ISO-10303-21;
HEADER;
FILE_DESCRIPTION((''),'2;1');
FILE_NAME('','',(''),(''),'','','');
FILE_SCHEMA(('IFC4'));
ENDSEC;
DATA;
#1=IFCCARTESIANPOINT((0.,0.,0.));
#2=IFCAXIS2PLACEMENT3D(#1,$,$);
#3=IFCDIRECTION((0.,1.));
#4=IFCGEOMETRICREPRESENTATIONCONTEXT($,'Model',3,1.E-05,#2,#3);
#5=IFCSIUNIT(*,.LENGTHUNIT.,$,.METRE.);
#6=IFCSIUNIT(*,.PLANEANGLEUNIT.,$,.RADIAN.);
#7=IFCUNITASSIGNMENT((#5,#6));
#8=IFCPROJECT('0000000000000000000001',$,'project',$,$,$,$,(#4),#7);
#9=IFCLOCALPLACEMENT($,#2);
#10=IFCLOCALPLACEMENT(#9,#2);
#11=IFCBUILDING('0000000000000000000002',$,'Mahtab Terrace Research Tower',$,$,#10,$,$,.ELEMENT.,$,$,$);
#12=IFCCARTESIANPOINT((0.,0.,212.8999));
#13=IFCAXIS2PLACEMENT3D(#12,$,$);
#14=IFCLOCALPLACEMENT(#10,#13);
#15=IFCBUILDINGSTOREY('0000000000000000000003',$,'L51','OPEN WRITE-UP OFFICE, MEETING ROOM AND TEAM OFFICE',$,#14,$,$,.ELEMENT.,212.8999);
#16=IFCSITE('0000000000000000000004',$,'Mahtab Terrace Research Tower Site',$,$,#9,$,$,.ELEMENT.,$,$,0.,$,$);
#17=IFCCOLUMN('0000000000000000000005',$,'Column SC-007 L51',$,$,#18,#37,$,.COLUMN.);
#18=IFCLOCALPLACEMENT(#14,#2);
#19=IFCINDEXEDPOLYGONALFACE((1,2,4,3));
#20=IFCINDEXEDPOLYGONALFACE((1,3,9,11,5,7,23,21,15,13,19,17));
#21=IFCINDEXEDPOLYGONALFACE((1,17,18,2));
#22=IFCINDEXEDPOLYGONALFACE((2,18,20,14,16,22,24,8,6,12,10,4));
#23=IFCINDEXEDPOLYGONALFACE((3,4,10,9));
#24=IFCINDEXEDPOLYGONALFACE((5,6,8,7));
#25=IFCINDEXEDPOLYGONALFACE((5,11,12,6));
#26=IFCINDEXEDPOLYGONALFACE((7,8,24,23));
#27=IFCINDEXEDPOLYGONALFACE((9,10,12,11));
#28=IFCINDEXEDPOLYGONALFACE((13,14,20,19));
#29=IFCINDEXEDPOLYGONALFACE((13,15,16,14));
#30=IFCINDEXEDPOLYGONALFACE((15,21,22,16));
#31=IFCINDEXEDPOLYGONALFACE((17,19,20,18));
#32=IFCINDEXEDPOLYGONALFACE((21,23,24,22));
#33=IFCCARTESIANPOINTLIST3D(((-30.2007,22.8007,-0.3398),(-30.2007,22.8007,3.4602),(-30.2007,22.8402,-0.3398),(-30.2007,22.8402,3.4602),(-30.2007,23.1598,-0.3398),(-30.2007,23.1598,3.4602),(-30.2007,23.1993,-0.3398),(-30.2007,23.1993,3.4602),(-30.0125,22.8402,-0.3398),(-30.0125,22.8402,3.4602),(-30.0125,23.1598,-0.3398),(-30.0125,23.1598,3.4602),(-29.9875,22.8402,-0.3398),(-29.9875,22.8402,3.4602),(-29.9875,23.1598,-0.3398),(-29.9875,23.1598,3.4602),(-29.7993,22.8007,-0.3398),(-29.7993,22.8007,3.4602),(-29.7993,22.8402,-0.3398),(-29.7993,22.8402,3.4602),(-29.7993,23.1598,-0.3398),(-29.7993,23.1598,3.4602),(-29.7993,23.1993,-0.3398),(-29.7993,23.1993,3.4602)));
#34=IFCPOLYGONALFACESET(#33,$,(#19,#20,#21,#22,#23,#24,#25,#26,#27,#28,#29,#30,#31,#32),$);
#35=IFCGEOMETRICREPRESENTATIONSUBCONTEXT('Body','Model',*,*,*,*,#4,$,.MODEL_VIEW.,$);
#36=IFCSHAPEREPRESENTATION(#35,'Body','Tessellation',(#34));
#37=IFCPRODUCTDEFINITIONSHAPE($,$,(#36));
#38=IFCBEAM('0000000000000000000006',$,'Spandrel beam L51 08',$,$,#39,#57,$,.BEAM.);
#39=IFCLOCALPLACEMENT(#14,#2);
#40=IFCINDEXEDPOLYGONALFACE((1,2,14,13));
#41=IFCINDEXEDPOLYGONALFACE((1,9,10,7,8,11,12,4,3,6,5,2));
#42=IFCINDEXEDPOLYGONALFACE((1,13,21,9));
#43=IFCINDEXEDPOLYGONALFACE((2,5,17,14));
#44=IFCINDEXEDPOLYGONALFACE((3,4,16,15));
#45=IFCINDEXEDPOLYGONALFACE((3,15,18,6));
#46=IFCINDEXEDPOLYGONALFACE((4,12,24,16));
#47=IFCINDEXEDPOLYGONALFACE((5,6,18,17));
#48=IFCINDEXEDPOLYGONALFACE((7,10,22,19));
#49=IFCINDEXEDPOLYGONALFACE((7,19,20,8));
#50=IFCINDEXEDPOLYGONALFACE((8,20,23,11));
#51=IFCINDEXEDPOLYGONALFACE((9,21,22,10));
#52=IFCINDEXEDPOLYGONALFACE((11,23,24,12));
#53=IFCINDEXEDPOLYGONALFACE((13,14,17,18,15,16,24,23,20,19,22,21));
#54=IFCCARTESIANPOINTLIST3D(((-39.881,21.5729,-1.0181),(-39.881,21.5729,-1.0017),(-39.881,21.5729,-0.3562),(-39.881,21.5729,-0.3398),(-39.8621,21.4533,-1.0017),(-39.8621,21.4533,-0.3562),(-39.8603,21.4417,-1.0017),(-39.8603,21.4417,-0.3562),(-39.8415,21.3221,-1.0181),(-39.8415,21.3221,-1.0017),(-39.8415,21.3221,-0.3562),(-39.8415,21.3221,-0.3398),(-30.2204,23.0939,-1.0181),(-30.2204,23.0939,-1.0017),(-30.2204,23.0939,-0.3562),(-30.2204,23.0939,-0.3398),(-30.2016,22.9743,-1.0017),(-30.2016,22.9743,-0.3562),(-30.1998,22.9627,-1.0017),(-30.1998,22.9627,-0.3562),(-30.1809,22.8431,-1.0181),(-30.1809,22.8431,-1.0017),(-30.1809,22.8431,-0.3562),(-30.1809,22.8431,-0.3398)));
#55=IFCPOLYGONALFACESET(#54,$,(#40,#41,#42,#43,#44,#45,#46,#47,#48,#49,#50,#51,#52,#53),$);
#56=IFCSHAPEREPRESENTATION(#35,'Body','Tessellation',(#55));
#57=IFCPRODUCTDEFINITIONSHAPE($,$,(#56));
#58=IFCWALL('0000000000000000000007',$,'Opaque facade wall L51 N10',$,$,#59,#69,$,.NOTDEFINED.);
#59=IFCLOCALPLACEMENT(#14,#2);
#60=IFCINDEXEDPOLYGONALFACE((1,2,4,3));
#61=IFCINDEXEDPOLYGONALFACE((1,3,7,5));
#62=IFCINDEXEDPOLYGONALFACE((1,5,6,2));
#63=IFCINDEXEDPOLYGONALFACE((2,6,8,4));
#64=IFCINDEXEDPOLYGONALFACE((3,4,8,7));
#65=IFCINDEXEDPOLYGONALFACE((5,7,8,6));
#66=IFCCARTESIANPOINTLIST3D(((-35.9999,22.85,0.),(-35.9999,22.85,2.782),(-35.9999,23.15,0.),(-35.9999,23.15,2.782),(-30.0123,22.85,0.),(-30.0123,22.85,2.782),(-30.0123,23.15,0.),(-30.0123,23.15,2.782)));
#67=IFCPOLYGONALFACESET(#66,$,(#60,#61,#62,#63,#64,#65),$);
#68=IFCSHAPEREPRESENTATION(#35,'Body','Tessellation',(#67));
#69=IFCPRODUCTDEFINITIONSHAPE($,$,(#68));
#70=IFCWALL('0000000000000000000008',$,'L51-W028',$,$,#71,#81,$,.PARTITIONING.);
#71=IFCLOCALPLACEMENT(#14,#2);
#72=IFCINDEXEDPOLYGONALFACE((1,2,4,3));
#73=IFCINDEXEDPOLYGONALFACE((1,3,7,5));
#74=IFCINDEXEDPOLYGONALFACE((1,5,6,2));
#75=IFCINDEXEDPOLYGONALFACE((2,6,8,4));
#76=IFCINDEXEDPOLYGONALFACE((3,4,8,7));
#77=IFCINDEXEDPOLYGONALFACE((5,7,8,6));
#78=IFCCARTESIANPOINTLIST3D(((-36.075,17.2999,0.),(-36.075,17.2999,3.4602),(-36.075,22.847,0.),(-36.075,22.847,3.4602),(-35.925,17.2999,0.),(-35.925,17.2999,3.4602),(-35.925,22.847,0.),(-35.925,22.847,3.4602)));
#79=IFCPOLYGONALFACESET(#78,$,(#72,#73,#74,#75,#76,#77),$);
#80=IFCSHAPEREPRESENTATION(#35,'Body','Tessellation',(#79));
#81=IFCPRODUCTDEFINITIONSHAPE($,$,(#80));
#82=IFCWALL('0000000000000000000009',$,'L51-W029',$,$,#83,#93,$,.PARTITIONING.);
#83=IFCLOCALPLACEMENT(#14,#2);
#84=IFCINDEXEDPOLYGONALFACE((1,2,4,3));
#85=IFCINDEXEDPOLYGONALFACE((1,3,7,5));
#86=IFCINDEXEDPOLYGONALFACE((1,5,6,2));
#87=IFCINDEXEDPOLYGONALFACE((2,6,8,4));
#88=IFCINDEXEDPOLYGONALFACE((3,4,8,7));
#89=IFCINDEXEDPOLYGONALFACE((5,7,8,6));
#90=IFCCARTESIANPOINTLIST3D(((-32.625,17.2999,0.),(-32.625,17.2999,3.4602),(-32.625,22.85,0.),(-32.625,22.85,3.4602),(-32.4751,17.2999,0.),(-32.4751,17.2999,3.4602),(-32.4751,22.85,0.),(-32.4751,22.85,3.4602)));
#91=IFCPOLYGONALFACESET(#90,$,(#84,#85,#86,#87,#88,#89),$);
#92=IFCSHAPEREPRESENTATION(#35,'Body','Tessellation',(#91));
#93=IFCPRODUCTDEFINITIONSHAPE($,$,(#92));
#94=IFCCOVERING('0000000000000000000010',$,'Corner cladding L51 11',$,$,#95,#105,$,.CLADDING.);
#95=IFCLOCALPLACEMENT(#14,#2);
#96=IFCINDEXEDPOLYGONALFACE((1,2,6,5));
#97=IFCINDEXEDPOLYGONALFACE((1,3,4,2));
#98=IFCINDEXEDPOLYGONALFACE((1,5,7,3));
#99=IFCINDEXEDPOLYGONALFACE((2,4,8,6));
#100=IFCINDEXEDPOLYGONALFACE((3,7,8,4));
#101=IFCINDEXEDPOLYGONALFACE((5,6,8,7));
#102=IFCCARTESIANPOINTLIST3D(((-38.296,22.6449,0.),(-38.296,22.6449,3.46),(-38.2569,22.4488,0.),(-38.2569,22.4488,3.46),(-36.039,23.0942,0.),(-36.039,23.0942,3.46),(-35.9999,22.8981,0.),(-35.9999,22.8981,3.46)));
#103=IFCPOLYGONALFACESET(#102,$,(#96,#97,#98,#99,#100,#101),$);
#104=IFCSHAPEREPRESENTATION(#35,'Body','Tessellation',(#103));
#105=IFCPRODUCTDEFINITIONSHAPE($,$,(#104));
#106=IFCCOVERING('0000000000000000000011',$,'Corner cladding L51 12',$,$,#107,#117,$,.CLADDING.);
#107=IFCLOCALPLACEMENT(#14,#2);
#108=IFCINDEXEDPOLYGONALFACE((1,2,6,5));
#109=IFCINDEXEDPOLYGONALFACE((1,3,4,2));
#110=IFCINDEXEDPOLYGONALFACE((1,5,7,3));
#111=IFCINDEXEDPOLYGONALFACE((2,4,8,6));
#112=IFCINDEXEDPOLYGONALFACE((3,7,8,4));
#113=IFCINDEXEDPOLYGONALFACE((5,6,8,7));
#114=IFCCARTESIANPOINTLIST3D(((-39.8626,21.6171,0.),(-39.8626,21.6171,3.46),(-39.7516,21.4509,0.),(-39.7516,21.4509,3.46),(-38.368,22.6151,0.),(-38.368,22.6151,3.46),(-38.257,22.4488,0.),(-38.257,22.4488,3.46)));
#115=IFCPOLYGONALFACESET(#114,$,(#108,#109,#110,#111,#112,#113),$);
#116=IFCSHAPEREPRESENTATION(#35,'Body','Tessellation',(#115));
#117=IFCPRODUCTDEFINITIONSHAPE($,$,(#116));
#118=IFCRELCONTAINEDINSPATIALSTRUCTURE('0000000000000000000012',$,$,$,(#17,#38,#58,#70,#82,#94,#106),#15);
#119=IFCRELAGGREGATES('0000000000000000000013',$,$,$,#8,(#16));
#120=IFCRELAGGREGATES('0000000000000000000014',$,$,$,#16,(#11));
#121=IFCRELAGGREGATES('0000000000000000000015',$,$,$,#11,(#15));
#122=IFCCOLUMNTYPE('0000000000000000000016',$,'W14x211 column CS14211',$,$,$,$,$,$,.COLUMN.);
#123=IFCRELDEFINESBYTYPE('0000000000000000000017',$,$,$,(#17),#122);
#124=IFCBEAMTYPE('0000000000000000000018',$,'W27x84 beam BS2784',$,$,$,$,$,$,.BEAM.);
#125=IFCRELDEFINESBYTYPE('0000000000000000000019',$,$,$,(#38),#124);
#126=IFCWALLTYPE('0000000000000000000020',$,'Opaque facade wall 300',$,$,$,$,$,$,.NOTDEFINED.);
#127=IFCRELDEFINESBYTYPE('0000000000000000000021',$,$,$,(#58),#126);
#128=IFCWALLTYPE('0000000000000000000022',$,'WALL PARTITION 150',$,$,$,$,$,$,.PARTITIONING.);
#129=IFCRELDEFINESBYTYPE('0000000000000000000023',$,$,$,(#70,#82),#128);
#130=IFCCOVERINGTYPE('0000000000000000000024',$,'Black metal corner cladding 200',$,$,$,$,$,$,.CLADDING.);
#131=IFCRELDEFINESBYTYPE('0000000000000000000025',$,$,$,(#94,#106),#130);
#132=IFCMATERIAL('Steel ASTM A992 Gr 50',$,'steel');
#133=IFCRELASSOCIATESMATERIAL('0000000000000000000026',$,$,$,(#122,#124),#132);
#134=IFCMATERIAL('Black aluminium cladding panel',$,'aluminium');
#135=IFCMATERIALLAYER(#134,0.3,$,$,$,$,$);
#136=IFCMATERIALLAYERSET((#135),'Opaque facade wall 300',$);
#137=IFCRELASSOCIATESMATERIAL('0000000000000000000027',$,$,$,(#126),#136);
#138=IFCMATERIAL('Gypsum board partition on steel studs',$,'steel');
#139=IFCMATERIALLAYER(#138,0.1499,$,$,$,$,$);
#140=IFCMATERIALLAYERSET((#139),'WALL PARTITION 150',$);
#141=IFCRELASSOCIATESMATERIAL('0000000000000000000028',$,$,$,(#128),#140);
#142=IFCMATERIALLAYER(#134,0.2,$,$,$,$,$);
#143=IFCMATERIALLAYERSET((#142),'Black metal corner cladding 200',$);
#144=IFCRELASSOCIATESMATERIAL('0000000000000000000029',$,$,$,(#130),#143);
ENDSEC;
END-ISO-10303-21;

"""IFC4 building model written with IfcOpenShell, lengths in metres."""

from ifc_helpers import new_model, si_unit, direction, frame, frame_2d, origin, origin_2d, place, context, subcontext, project, spatial, rectangle, i_section, extrude, material, layer, layer_set, material_profile, profile_set, type_object, element, save


model = new_model("IFC4")

# Units and contexts
model_context = context("Model", 3, precision=1e-05, world=origin(), true_north=direction((0.0, 1.0)))
body_context = subcontext(model_context, "Body", "Model", "MODEL_VIEW")
ifc_project = project(units=[si_unit("LENGTHUNIT", "METRE"), si_unit("PLANEANGLEUNIT", "RADIAN")], contexts=[model_context])

# Site, building, storey
site_placement = place(None, origin())
site = spatial("IfcSite", under=ifc_project, at=site_placement, Name="Mahtab Terrace Research Tower Site", CompositionType="ELEMENT", RefElevation=0.0)
building_placement = place(site_placement, origin())
building = spatial("IfcBuilding", under=site, at=building_placement, Name="Mahtab Terrace Research Tower", CompositionType="ELEMENT")
storey_placement = place(building_placement, frame((0.0, 0.0, 212.8999)))
storey = spatial("IfcBuildingStorey", under=building, at=storey_placement, Name="L51", Description="OPEN WRITE-UP OFFICE, MEETING ROOM AND TEAM OFFICE", CompositionType="ELEMENT", Elevation=212.8999)

# Column
ifc_material_1 = material(Name="Steel ASTM A992 Gr 50", Category="steel")
ifc_material_profile_1 = material_profile(ifc_material_1, i_section(OverallWidth=0.4014, OverallDepth=0.3987, WebThickness=0.0249, FlangeThickness=0.0396, at=origin_2d()), Name="W14X211")
ifc_profile_set_1 = profile_set([ifc_material_profile_1], Name="Steel ASTM A992 Gr 50")
column_type = type_object("IfcColumnType", Name="W14x211 column CS14211", PredefinedType="COLUMN", material=ifc_profile_set_1)
column_placement = place(storey_placement, frame((-30.0, 23.0, -0.3398), z_axis=(0.0, 0.0, 1.0), x_axis=(1.0, 0.0, 0.0)))
element("IfcColumn", 1, at=column_placement, inside=storey, type_object=column_type, Name="Column SC-007 L51", PredefinedType="COLUMN", context=body_context, shape_type="SweptSolid", body=[
    extrude(i_section(OverallWidth=0.4014, OverallDepth=0.3987, WebThickness=0.0249, FlangeThickness=0.0396, at=origin_2d()), origin(), (0.0, 0.0, 1.0), 3.8),
])

# Beam
ifc_material_profile_2 = material_profile(ifc_material_1, i_section(OverallWidth=0.2539, OverallDepth=0.6782, WebThickness=0.0117, FlangeThickness=0.0164, at=origin_2d()), Name="W27X84")
ifc_profile_set_2 = profile_set([ifc_material_profile_2], Name="Steel ASTM A992 Gr 50")
beam_type = type_object("IfcBeamType", Name="W27x84 beam BS2784", PredefinedType="BEAM", material=ifc_profile_set_2)
beam_placement = place(storey_placement, frame((-30.2007, 22.9685, -0.679), z_axis=(-0.987832, -0.155527, 0.0), x_axis=(0.155527, -0.987832, 0.0)))
element("IfcBeam", 2, at=beam_placement, inside=storey, type_object=beam_type, Name="Spandrel beam L51 08", PredefinedType="BEAM", context=body_context, shape_type="SweptSolid", body=[
    extrude(i_section(OverallWidth=0.2539, OverallDepth=0.6782, WebThickness=0.0117, FlangeThickness=0.0164, at=origin_2d()), origin(), (0.0, 0.0, 1.0), 9.7795),
])

# Walls
ifc_material_2 = material(Name="Black aluminium cladding panel", Category="aluminium")
ifc_layer_1 = layer(ifc_material_2, 0.3)
ifc_layer_set_1 = layer_set([ifc_layer_1], Name="Opaque facade wall 300")
wall_type_1 = type_object("IfcWallType", Name="Opaque facade wall 300", PredefinedType="NOTDEFINED", material=ifc_layer_set_1)
wall_1_placement = place(storey_placement, frame((-30.0125, 23.0, 0.0), z_axis=(0.0, 0.0, 1.0), x_axis=(-1.0, 0.0, 0.0)))
element("IfcWall", 3, at=wall_1_placement, inside=storey, type_object=wall_type_1, Name="Opaque facade wall L51 N10", PredefinedType="NOTDEFINED", context=body_context, shape_type="SweptSolid", body=[
    extrude(rectangle(XDim=5.9875, YDim=0.3, at=frame_2d((2.9937, 0.0))), origin(), (0.0, 0.0, 1.0), 2.782),
])
ifc_material_3 = material(Name="Gypsum board partition on steel studs", Category="steel")
ifc_layer_2 = layer(ifc_material_3, 0.1499)
ifc_layer_set_2 = layer_set([ifc_layer_2], Name="WALL PARTITION 150")
wall_type_2 = type_object("IfcWallType", Name="WALL PARTITION 150", PredefinedType="PARTITIONING", material=ifc_layer_set_2)
wall_2_placement = place(storey_placement, frame((-36.0, 17.3, 0.0), z_axis=(0.0, 0.0, 1.0), x_axis=(0.0, 1.0, 0.0)))
element("IfcWall", 4, at=wall_2_placement, inside=storey, type_object=wall_type_2, Name="L51-W028", PredefinedType="PARTITIONING", context=body_context, shape_type="SweptSolid", body=[
    extrude(rectangle(XDim=5.5471, YDim=0.1499, at=frame_2d((2.7734, 0.0))), origin(), (0.0, 0.0, 1.0), 3.4602),
])
wall_3_placement = place(storey_placement, frame((-32.55, 17.3, 0.0), z_axis=(0.0, 0.0, 1.0), x_axis=(0.0, 1.0, 0.0)))
element("IfcWall", 5, at=wall_3_placement, inside=storey, type_object=wall_type_2, Name="L51-W029", PredefinedType="PARTITIONING", context=body_context, shape_type="SweptSolid", body=[
    extrude(rectangle(XDim=5.55, YDim=0.1499, at=frame_2d((2.7749, 0.0))), origin(), (0.0, 0.0, 1.0), 3.4602),
])

# Coverings
ifc_layer_3 = layer(ifc_material_2, 0.2)
ifc_layer_set_3 = layer_set([ifc_layer_3], Name="Black metal corner cladding 200")
covering_type = type_object("IfcCoveringType", Name="Black metal corner cladding 200", PredefinedType="CLADDING", material=ifc_layer_set_3)
covering_1_placement = place(storey_placement, frame((-37.1479, 22.7715, 0.0), z_axis=(0.0, 0.0, 1.0), x_axis=(-0.980761, -0.195212, 0.0)))
element("IfcCovering", 6, at=covering_1_placement, inside=storey, type_object=covering_type, Name="Corner cladding L51 11", PredefinedType="CLADDING", context=body_context, shape_type="SweptSolid", body=[
    extrude(rectangle(XDim=2.3013, YDim=0.2, at=origin_2d()), origin(), (0.0, 0.0, 1.0), 3.46),
])
covering_2_placement = place(storey_placement, frame((-39.0598, 22.033, 0.0), z_axis=(0.0, 0.0, 1.0), x_axis=(-0.831656, -0.555291, 0.0)))
element("IfcCovering", 7, at=covering_2_placement, inside=storey, type_object=covering_type, Name="Corner cladding L51 12", PredefinedType="CLADDING", context=body_context, shape_type="SweptSolid", body=[
    extrude(rectangle(XDim=1.7971, YDim=0.2, at=origin_2d()), origin(), (0.0, 0.0, 1.0), 3.46),
])

save(model, "model.ifc")
